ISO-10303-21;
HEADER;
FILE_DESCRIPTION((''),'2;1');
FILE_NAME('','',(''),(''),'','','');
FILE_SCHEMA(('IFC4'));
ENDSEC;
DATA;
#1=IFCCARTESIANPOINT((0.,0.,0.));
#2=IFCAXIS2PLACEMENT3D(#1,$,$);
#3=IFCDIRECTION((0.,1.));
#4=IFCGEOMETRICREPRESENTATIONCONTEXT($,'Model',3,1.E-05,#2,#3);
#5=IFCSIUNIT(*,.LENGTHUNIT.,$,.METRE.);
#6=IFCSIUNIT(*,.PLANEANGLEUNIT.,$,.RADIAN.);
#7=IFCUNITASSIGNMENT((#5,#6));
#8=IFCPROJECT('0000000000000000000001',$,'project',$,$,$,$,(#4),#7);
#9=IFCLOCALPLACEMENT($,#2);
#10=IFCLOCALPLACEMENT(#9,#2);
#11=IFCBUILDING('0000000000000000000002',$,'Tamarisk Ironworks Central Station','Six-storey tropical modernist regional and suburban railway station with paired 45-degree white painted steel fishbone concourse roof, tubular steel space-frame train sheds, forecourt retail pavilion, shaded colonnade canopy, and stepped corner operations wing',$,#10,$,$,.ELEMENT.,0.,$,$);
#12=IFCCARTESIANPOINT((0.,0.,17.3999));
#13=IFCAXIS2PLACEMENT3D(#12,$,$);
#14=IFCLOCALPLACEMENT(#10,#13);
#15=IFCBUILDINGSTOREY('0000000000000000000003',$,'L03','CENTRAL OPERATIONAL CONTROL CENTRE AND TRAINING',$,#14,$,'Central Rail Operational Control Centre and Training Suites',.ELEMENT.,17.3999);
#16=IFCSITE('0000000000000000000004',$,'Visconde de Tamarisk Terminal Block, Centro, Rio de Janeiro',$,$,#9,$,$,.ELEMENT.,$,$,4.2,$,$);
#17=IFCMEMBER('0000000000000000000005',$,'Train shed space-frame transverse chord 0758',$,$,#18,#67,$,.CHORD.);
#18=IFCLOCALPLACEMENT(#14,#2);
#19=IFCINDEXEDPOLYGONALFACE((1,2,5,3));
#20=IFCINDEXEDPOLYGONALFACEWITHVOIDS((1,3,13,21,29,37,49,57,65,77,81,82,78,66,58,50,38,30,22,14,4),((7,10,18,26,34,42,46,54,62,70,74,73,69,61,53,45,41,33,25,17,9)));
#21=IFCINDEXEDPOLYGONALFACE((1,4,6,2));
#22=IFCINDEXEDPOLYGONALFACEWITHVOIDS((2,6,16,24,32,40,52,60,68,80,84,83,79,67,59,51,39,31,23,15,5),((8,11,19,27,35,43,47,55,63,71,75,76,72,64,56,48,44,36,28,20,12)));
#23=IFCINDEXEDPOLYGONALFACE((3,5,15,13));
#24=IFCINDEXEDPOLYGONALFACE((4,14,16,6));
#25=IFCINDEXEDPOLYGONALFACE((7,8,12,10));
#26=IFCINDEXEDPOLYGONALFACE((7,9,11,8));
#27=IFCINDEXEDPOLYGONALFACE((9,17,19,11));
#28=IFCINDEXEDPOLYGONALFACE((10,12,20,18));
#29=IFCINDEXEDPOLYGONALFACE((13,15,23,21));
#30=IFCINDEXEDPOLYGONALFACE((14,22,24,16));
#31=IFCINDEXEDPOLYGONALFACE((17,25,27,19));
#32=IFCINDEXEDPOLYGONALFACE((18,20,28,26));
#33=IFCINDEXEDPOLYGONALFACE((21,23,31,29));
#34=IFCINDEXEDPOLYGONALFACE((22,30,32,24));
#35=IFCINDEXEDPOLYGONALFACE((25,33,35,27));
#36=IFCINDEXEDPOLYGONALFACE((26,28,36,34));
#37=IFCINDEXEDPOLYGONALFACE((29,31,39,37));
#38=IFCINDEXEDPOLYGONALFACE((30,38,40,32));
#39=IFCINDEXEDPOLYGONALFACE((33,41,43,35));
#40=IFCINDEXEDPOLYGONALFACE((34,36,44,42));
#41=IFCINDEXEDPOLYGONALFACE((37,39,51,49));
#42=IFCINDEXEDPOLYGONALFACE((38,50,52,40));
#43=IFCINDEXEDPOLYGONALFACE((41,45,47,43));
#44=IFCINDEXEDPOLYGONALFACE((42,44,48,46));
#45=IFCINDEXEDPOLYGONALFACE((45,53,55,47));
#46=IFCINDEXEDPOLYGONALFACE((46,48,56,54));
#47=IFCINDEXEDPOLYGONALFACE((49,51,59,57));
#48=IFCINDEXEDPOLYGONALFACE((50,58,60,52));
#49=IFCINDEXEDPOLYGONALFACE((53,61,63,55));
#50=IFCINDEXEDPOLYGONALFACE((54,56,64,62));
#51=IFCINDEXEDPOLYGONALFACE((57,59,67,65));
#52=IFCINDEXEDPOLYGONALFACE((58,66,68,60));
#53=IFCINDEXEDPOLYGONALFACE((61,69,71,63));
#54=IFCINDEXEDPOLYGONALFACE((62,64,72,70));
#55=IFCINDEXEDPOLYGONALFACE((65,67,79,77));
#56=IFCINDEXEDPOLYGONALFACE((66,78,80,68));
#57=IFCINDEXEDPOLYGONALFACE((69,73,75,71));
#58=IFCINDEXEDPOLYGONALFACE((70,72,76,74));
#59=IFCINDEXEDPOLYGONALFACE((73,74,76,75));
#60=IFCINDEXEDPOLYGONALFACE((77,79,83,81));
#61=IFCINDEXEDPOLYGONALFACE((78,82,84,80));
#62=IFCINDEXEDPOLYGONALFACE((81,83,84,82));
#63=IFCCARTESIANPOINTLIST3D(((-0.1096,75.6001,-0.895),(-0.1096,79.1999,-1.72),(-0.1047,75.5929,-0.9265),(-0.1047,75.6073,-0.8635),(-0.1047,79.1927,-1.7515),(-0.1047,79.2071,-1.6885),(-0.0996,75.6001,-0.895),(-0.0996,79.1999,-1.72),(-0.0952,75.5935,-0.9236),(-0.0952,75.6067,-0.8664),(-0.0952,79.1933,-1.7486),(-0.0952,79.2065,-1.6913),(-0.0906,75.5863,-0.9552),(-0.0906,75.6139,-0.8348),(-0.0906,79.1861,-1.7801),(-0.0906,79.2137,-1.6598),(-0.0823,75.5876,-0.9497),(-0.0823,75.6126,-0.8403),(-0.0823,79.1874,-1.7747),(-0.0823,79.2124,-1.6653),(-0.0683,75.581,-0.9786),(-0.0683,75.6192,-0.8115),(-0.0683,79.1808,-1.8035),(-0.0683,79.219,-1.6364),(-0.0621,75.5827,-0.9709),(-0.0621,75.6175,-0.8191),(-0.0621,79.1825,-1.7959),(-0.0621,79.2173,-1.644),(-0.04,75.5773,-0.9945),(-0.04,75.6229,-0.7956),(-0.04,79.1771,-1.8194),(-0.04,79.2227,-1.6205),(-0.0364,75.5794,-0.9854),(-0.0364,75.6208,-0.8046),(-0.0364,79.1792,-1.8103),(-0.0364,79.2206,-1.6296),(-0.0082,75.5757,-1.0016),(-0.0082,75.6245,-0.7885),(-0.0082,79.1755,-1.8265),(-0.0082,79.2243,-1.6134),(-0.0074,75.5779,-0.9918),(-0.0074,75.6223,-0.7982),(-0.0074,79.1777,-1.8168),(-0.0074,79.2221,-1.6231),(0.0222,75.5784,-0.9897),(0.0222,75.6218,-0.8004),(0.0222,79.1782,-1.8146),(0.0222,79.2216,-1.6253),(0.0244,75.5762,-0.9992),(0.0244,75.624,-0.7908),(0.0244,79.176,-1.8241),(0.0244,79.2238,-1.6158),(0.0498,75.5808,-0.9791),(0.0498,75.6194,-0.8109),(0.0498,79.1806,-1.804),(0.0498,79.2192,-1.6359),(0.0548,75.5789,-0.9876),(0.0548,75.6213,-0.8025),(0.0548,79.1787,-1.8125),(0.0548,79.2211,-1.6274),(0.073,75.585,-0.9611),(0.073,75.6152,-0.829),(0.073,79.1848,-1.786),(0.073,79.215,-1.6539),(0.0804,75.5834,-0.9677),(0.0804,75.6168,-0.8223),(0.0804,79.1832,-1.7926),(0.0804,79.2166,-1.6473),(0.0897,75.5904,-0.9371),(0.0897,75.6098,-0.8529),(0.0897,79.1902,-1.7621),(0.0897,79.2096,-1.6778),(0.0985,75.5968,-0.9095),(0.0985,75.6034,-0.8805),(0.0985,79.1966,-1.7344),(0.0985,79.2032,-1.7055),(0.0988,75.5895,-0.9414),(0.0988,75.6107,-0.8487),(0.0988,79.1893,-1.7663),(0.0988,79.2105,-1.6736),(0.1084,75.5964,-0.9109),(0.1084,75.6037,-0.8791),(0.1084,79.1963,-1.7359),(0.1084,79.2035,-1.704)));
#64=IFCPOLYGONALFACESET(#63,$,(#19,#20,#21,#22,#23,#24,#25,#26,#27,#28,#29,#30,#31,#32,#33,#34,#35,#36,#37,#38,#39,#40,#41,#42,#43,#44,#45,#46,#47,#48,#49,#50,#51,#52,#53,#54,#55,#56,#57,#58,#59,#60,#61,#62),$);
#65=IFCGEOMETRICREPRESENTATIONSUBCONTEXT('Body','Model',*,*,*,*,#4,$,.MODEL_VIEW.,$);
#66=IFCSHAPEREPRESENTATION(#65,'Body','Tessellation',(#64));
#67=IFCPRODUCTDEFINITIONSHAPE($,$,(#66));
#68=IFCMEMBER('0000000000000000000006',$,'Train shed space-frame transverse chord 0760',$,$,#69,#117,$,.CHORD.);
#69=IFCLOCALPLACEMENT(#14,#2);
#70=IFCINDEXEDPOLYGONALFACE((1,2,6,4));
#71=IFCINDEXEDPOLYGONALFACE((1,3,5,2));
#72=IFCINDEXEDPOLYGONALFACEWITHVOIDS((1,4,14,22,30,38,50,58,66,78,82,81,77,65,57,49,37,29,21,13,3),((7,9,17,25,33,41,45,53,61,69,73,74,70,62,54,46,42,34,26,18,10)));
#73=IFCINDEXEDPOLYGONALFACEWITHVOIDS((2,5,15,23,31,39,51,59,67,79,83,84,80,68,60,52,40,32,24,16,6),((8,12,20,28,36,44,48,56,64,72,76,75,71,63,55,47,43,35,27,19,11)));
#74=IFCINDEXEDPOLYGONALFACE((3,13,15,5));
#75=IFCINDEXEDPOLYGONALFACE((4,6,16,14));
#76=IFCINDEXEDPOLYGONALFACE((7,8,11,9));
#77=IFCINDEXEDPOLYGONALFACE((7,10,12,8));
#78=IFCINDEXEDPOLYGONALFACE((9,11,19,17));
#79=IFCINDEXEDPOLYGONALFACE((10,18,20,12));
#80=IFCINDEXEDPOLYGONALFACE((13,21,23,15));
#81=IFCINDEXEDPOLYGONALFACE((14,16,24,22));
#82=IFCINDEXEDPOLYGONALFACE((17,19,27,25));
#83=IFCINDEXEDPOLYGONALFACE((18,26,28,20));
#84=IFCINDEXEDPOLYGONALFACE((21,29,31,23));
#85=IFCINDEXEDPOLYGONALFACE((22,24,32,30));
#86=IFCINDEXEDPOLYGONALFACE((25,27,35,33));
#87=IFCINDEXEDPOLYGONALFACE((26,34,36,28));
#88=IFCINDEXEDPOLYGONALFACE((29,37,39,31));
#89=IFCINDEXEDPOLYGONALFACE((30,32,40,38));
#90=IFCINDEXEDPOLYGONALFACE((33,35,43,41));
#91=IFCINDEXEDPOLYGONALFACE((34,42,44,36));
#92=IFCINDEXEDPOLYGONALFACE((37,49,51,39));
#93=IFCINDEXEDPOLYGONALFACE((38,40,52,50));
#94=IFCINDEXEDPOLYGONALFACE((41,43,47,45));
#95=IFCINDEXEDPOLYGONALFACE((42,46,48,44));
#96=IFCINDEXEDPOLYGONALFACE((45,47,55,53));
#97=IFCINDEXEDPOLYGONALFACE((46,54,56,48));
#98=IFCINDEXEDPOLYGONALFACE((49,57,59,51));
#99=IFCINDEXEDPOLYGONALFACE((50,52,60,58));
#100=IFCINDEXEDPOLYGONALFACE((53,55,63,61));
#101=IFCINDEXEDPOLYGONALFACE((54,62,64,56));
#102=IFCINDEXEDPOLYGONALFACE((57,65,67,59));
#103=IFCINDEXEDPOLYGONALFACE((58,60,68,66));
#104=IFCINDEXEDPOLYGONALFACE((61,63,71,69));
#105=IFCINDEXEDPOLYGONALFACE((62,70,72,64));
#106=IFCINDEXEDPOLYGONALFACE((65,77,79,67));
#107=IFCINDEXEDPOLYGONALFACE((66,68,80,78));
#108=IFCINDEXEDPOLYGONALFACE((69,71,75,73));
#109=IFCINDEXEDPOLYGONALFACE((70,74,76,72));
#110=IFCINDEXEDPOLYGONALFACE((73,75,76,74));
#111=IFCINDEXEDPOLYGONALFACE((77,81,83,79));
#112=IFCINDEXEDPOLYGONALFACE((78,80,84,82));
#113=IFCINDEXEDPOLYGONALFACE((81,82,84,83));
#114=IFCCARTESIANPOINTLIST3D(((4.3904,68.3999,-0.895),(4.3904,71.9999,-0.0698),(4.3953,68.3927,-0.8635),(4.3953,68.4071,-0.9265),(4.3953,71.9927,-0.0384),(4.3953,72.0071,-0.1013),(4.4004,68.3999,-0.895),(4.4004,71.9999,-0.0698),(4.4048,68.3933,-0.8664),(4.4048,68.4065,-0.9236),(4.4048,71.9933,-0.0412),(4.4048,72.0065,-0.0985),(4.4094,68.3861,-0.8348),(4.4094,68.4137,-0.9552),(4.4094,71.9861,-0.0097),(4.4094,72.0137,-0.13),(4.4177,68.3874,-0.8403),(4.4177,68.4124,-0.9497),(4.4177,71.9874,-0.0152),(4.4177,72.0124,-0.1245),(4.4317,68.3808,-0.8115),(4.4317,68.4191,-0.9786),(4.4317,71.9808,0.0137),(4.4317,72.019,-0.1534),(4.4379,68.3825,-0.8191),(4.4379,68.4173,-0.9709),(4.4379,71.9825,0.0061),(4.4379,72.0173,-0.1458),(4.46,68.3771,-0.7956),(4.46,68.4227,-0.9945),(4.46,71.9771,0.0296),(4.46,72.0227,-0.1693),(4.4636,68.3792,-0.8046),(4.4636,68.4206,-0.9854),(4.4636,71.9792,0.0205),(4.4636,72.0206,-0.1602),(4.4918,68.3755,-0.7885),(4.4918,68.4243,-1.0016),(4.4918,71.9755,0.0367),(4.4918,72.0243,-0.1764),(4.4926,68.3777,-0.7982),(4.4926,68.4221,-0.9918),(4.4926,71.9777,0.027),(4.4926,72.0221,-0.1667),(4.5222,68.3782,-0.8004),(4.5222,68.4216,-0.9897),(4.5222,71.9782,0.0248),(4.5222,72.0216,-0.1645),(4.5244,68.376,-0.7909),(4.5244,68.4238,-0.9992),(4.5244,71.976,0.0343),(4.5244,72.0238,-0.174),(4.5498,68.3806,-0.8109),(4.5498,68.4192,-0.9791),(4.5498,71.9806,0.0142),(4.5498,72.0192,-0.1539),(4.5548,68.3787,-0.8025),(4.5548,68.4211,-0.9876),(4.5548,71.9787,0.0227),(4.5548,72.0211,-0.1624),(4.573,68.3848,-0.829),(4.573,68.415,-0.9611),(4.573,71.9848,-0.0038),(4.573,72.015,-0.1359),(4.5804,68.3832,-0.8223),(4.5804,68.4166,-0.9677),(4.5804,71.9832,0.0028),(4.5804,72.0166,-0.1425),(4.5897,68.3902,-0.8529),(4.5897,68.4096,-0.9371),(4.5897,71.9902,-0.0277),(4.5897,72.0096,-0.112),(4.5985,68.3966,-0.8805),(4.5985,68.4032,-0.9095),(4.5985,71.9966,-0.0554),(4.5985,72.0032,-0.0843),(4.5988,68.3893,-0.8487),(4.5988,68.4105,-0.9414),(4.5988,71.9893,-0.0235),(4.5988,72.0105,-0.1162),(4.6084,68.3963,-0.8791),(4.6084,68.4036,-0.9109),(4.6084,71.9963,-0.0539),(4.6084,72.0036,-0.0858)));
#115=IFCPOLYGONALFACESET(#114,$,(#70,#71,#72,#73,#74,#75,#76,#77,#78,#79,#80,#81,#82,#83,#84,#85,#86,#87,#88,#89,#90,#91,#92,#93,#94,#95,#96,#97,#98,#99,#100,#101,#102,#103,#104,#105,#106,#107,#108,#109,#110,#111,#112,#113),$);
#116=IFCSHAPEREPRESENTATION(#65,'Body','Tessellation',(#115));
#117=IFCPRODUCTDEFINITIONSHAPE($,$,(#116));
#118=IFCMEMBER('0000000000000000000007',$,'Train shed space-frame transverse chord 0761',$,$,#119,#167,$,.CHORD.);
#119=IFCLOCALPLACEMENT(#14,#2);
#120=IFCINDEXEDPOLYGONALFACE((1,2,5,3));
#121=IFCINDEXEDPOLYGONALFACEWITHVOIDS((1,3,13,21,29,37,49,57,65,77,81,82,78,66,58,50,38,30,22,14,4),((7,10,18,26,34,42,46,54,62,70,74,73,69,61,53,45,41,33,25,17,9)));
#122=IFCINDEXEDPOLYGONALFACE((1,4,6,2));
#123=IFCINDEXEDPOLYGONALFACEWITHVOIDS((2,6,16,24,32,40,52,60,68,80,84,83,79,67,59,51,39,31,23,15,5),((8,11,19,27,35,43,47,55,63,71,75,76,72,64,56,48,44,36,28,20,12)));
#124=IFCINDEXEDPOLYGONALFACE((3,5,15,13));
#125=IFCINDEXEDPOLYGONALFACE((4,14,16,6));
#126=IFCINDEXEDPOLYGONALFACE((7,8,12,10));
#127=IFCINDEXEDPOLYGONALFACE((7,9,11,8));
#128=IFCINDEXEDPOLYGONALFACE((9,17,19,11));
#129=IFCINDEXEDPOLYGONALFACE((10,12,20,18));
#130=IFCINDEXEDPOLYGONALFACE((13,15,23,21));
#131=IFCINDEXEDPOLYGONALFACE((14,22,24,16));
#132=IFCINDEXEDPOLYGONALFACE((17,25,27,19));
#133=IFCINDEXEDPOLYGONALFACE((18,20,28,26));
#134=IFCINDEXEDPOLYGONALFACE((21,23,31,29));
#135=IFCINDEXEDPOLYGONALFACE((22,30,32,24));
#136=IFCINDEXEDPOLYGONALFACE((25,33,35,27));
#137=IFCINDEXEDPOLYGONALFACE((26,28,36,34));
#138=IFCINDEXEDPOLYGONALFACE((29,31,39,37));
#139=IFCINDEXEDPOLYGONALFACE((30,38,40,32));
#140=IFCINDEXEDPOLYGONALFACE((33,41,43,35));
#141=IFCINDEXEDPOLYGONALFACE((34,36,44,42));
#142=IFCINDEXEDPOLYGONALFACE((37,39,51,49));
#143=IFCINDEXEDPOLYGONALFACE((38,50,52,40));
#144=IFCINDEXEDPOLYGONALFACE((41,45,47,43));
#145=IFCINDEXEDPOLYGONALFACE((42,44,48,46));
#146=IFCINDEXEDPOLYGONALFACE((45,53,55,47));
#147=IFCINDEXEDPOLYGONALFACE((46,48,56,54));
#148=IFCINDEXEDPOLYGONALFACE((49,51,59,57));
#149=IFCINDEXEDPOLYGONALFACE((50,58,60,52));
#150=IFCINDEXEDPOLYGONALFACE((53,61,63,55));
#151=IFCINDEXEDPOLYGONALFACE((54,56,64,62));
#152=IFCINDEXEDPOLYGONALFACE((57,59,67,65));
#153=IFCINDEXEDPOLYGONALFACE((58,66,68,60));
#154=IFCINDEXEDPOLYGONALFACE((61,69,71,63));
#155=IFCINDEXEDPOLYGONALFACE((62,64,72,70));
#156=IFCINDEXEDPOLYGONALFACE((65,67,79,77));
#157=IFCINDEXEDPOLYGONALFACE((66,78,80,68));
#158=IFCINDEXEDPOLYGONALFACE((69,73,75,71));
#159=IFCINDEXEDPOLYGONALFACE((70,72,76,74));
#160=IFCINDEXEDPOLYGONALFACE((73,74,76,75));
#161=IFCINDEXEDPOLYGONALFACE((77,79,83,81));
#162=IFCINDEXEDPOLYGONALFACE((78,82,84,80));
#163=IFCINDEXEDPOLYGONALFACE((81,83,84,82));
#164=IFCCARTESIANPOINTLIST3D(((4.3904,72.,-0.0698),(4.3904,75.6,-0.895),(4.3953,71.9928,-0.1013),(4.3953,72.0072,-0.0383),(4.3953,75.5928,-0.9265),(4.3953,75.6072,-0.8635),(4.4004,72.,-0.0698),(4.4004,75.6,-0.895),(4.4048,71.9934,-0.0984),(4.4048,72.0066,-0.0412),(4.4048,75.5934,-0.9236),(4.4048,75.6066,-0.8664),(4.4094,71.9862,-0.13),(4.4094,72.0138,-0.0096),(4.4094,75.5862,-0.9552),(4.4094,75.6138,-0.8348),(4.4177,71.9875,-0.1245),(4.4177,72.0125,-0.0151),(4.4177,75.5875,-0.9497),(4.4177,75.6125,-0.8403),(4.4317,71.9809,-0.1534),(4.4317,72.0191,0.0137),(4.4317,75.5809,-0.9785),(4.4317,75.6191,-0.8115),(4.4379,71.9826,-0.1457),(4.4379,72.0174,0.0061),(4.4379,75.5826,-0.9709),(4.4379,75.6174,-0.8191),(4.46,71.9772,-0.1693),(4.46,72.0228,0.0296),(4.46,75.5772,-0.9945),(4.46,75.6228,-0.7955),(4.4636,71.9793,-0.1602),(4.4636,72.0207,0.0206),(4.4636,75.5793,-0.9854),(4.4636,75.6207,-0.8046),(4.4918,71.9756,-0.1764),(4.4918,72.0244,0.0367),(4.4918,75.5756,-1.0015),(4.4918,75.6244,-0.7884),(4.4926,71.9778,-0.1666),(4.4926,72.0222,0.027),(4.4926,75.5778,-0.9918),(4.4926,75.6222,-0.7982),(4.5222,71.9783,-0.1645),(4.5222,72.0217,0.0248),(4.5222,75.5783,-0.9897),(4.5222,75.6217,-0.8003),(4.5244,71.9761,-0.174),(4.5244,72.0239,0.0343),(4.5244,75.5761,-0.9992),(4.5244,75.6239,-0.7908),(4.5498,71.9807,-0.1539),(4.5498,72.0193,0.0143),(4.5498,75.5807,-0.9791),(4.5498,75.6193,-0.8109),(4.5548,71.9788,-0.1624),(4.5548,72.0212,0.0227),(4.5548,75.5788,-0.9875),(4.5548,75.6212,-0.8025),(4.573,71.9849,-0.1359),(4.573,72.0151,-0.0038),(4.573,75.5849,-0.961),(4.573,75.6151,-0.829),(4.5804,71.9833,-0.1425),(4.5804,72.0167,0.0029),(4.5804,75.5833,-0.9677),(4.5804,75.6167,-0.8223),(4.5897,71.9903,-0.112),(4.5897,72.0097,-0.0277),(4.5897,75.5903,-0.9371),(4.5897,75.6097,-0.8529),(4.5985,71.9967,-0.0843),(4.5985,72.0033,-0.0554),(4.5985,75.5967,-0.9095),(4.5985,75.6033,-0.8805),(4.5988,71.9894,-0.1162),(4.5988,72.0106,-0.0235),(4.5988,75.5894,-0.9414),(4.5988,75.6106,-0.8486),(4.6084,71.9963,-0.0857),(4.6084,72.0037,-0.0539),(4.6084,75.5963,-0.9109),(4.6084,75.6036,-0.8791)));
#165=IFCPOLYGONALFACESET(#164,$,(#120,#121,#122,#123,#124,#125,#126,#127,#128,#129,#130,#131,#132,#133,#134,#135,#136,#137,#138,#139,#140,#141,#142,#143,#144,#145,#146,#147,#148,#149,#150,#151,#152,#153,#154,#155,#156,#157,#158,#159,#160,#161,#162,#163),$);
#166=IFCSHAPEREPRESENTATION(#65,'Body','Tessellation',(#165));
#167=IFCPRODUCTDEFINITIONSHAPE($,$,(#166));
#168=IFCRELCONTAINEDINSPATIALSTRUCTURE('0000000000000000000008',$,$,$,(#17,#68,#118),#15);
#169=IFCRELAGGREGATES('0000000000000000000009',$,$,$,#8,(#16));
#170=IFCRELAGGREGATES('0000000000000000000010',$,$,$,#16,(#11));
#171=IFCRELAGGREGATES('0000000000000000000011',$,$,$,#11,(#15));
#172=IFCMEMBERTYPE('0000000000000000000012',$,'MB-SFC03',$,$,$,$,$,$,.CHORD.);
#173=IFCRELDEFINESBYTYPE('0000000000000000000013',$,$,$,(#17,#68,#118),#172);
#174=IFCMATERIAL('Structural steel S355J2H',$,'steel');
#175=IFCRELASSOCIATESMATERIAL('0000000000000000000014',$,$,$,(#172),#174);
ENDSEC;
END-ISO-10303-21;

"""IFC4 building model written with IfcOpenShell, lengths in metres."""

from ifc_helpers import new_model, si_unit, direction, frame, origin, origin_2d, place, context, subcontext, project, spatial, hollow_circle, extrude, material, material_profile, profile_set, type_object, element, save


model = new_model("IFC4")

# Units and contexts
model_context = context("Model", 3, precision=1e-05, world=origin(), true_north=direction((0.0, 1.0)))
body_context = subcontext(model_context, "Body", "Model", "MODEL_VIEW")
ifc_project = project(units=[si_unit("LENGTHUNIT", "METRE"), si_unit("PLANEANGLEUNIT", "RADIAN")], contexts=[model_context])

# Site, building, storey
site_placement = place(None, origin())
site = spatial("IfcSite", under=ifc_project, at=site_placement, Name="Visconde de Tamarisk Terminal Block, Centro, Rio de Janeiro", CompositionType="ELEMENT", RefElevation=4.2)
building_placement = place(site_placement, origin())
building = spatial("IfcBuilding", under=site, at=building_placement, Name="Tamarisk Ironworks Central Station", Description="Six-storey tropical modernist regional and suburban railway station with paired 45-degree white painted steel fishbone concourse roof, tubular steel space-frame train sheds, forecourt retail pavilion, shaded colonnade canopy, and stepped corner operations wing", CompositionType="ELEMENT", ElevationOfRefHeight=0.0)
storey_placement = place(building_placement, frame((0.0, 0.0, 17.3999)))
storey = spatial("IfcBuildingStorey", under=building, at=storey_placement, Name="L03", Description="CENTRAL OPERATIONAL CONTROL CENTRE AND TRAINING", LongName="Central Rail Operational Control Centre and Training Suites", CompositionType="ELEMENT", Elevation=17.3999)

# Members
ifc_material_1 = material(Name="Structural steel S355J2H", Category="steel")
ifc_material_profile_1 = material_profile(ifc_material_1, hollow_circle(Radius=0.1096, WallThickness=0.01, at=origin_2d()), Name="CHS 219.1x10")
ifc_profile_set_1 = profile_set([ifc_material_profile_1], Name="Structural steel S355J2H")
member_type_1 = type_object("IfcMemberType", Name="MB-SFC03", PredefinedType="CHORD", material=ifc_profile_set_1)
member_1_placement = place(storey_placement, frame((0.0, 75.6001, -0.895), z_axis=(0.0, 0.974733, -0.223372), x_axis=(-1.0, 0.0, 0.0)))
element("IfcMember", 1, at=member_1_placement, inside=storey, type_object=member_type_1, Name="Train shed space-frame transverse chord 0758", PredefinedType="CHORD", context=body_context, shape_type="SweptSolid", body=[
    extrude(hollow_circle(Radius=0.1096, WallThickness=0.01, at=origin_2d()), origin(), (0.0, 0.0, 1.0), 3.6931),
])
for number, where, z_axis, x_axis, name in (
    (2, (4.5, 68.3999, -0.895), (0.0, 0.974722, 0.223421), (-1.0, 0.0, 0.0), "Train shed space-frame transverse chord 0760"),
    (3, (4.5, 72.0, -0.0698), (0.0, 0.974722, -0.223421), (-1.0, 0.0, 0.0), "Train shed space-frame transverse chord 0761"),
):
    element("IfcMember", number, at=place(storey_placement, frame(where, z_axis=z_axis, x_axis=x_axis)), inside=storey, type_object=member_type_1, Name=name, PredefinedType="CHORD", context=body_context, shape_type="SweptSolid", body=[
        extrude(hollow_circle(Radius=0.1096, WallThickness=0.01, at=origin_2d()), origin(), (0.0, 0.0, 1.0), 3.6934),
    ])

save(model, "model.ifc")
